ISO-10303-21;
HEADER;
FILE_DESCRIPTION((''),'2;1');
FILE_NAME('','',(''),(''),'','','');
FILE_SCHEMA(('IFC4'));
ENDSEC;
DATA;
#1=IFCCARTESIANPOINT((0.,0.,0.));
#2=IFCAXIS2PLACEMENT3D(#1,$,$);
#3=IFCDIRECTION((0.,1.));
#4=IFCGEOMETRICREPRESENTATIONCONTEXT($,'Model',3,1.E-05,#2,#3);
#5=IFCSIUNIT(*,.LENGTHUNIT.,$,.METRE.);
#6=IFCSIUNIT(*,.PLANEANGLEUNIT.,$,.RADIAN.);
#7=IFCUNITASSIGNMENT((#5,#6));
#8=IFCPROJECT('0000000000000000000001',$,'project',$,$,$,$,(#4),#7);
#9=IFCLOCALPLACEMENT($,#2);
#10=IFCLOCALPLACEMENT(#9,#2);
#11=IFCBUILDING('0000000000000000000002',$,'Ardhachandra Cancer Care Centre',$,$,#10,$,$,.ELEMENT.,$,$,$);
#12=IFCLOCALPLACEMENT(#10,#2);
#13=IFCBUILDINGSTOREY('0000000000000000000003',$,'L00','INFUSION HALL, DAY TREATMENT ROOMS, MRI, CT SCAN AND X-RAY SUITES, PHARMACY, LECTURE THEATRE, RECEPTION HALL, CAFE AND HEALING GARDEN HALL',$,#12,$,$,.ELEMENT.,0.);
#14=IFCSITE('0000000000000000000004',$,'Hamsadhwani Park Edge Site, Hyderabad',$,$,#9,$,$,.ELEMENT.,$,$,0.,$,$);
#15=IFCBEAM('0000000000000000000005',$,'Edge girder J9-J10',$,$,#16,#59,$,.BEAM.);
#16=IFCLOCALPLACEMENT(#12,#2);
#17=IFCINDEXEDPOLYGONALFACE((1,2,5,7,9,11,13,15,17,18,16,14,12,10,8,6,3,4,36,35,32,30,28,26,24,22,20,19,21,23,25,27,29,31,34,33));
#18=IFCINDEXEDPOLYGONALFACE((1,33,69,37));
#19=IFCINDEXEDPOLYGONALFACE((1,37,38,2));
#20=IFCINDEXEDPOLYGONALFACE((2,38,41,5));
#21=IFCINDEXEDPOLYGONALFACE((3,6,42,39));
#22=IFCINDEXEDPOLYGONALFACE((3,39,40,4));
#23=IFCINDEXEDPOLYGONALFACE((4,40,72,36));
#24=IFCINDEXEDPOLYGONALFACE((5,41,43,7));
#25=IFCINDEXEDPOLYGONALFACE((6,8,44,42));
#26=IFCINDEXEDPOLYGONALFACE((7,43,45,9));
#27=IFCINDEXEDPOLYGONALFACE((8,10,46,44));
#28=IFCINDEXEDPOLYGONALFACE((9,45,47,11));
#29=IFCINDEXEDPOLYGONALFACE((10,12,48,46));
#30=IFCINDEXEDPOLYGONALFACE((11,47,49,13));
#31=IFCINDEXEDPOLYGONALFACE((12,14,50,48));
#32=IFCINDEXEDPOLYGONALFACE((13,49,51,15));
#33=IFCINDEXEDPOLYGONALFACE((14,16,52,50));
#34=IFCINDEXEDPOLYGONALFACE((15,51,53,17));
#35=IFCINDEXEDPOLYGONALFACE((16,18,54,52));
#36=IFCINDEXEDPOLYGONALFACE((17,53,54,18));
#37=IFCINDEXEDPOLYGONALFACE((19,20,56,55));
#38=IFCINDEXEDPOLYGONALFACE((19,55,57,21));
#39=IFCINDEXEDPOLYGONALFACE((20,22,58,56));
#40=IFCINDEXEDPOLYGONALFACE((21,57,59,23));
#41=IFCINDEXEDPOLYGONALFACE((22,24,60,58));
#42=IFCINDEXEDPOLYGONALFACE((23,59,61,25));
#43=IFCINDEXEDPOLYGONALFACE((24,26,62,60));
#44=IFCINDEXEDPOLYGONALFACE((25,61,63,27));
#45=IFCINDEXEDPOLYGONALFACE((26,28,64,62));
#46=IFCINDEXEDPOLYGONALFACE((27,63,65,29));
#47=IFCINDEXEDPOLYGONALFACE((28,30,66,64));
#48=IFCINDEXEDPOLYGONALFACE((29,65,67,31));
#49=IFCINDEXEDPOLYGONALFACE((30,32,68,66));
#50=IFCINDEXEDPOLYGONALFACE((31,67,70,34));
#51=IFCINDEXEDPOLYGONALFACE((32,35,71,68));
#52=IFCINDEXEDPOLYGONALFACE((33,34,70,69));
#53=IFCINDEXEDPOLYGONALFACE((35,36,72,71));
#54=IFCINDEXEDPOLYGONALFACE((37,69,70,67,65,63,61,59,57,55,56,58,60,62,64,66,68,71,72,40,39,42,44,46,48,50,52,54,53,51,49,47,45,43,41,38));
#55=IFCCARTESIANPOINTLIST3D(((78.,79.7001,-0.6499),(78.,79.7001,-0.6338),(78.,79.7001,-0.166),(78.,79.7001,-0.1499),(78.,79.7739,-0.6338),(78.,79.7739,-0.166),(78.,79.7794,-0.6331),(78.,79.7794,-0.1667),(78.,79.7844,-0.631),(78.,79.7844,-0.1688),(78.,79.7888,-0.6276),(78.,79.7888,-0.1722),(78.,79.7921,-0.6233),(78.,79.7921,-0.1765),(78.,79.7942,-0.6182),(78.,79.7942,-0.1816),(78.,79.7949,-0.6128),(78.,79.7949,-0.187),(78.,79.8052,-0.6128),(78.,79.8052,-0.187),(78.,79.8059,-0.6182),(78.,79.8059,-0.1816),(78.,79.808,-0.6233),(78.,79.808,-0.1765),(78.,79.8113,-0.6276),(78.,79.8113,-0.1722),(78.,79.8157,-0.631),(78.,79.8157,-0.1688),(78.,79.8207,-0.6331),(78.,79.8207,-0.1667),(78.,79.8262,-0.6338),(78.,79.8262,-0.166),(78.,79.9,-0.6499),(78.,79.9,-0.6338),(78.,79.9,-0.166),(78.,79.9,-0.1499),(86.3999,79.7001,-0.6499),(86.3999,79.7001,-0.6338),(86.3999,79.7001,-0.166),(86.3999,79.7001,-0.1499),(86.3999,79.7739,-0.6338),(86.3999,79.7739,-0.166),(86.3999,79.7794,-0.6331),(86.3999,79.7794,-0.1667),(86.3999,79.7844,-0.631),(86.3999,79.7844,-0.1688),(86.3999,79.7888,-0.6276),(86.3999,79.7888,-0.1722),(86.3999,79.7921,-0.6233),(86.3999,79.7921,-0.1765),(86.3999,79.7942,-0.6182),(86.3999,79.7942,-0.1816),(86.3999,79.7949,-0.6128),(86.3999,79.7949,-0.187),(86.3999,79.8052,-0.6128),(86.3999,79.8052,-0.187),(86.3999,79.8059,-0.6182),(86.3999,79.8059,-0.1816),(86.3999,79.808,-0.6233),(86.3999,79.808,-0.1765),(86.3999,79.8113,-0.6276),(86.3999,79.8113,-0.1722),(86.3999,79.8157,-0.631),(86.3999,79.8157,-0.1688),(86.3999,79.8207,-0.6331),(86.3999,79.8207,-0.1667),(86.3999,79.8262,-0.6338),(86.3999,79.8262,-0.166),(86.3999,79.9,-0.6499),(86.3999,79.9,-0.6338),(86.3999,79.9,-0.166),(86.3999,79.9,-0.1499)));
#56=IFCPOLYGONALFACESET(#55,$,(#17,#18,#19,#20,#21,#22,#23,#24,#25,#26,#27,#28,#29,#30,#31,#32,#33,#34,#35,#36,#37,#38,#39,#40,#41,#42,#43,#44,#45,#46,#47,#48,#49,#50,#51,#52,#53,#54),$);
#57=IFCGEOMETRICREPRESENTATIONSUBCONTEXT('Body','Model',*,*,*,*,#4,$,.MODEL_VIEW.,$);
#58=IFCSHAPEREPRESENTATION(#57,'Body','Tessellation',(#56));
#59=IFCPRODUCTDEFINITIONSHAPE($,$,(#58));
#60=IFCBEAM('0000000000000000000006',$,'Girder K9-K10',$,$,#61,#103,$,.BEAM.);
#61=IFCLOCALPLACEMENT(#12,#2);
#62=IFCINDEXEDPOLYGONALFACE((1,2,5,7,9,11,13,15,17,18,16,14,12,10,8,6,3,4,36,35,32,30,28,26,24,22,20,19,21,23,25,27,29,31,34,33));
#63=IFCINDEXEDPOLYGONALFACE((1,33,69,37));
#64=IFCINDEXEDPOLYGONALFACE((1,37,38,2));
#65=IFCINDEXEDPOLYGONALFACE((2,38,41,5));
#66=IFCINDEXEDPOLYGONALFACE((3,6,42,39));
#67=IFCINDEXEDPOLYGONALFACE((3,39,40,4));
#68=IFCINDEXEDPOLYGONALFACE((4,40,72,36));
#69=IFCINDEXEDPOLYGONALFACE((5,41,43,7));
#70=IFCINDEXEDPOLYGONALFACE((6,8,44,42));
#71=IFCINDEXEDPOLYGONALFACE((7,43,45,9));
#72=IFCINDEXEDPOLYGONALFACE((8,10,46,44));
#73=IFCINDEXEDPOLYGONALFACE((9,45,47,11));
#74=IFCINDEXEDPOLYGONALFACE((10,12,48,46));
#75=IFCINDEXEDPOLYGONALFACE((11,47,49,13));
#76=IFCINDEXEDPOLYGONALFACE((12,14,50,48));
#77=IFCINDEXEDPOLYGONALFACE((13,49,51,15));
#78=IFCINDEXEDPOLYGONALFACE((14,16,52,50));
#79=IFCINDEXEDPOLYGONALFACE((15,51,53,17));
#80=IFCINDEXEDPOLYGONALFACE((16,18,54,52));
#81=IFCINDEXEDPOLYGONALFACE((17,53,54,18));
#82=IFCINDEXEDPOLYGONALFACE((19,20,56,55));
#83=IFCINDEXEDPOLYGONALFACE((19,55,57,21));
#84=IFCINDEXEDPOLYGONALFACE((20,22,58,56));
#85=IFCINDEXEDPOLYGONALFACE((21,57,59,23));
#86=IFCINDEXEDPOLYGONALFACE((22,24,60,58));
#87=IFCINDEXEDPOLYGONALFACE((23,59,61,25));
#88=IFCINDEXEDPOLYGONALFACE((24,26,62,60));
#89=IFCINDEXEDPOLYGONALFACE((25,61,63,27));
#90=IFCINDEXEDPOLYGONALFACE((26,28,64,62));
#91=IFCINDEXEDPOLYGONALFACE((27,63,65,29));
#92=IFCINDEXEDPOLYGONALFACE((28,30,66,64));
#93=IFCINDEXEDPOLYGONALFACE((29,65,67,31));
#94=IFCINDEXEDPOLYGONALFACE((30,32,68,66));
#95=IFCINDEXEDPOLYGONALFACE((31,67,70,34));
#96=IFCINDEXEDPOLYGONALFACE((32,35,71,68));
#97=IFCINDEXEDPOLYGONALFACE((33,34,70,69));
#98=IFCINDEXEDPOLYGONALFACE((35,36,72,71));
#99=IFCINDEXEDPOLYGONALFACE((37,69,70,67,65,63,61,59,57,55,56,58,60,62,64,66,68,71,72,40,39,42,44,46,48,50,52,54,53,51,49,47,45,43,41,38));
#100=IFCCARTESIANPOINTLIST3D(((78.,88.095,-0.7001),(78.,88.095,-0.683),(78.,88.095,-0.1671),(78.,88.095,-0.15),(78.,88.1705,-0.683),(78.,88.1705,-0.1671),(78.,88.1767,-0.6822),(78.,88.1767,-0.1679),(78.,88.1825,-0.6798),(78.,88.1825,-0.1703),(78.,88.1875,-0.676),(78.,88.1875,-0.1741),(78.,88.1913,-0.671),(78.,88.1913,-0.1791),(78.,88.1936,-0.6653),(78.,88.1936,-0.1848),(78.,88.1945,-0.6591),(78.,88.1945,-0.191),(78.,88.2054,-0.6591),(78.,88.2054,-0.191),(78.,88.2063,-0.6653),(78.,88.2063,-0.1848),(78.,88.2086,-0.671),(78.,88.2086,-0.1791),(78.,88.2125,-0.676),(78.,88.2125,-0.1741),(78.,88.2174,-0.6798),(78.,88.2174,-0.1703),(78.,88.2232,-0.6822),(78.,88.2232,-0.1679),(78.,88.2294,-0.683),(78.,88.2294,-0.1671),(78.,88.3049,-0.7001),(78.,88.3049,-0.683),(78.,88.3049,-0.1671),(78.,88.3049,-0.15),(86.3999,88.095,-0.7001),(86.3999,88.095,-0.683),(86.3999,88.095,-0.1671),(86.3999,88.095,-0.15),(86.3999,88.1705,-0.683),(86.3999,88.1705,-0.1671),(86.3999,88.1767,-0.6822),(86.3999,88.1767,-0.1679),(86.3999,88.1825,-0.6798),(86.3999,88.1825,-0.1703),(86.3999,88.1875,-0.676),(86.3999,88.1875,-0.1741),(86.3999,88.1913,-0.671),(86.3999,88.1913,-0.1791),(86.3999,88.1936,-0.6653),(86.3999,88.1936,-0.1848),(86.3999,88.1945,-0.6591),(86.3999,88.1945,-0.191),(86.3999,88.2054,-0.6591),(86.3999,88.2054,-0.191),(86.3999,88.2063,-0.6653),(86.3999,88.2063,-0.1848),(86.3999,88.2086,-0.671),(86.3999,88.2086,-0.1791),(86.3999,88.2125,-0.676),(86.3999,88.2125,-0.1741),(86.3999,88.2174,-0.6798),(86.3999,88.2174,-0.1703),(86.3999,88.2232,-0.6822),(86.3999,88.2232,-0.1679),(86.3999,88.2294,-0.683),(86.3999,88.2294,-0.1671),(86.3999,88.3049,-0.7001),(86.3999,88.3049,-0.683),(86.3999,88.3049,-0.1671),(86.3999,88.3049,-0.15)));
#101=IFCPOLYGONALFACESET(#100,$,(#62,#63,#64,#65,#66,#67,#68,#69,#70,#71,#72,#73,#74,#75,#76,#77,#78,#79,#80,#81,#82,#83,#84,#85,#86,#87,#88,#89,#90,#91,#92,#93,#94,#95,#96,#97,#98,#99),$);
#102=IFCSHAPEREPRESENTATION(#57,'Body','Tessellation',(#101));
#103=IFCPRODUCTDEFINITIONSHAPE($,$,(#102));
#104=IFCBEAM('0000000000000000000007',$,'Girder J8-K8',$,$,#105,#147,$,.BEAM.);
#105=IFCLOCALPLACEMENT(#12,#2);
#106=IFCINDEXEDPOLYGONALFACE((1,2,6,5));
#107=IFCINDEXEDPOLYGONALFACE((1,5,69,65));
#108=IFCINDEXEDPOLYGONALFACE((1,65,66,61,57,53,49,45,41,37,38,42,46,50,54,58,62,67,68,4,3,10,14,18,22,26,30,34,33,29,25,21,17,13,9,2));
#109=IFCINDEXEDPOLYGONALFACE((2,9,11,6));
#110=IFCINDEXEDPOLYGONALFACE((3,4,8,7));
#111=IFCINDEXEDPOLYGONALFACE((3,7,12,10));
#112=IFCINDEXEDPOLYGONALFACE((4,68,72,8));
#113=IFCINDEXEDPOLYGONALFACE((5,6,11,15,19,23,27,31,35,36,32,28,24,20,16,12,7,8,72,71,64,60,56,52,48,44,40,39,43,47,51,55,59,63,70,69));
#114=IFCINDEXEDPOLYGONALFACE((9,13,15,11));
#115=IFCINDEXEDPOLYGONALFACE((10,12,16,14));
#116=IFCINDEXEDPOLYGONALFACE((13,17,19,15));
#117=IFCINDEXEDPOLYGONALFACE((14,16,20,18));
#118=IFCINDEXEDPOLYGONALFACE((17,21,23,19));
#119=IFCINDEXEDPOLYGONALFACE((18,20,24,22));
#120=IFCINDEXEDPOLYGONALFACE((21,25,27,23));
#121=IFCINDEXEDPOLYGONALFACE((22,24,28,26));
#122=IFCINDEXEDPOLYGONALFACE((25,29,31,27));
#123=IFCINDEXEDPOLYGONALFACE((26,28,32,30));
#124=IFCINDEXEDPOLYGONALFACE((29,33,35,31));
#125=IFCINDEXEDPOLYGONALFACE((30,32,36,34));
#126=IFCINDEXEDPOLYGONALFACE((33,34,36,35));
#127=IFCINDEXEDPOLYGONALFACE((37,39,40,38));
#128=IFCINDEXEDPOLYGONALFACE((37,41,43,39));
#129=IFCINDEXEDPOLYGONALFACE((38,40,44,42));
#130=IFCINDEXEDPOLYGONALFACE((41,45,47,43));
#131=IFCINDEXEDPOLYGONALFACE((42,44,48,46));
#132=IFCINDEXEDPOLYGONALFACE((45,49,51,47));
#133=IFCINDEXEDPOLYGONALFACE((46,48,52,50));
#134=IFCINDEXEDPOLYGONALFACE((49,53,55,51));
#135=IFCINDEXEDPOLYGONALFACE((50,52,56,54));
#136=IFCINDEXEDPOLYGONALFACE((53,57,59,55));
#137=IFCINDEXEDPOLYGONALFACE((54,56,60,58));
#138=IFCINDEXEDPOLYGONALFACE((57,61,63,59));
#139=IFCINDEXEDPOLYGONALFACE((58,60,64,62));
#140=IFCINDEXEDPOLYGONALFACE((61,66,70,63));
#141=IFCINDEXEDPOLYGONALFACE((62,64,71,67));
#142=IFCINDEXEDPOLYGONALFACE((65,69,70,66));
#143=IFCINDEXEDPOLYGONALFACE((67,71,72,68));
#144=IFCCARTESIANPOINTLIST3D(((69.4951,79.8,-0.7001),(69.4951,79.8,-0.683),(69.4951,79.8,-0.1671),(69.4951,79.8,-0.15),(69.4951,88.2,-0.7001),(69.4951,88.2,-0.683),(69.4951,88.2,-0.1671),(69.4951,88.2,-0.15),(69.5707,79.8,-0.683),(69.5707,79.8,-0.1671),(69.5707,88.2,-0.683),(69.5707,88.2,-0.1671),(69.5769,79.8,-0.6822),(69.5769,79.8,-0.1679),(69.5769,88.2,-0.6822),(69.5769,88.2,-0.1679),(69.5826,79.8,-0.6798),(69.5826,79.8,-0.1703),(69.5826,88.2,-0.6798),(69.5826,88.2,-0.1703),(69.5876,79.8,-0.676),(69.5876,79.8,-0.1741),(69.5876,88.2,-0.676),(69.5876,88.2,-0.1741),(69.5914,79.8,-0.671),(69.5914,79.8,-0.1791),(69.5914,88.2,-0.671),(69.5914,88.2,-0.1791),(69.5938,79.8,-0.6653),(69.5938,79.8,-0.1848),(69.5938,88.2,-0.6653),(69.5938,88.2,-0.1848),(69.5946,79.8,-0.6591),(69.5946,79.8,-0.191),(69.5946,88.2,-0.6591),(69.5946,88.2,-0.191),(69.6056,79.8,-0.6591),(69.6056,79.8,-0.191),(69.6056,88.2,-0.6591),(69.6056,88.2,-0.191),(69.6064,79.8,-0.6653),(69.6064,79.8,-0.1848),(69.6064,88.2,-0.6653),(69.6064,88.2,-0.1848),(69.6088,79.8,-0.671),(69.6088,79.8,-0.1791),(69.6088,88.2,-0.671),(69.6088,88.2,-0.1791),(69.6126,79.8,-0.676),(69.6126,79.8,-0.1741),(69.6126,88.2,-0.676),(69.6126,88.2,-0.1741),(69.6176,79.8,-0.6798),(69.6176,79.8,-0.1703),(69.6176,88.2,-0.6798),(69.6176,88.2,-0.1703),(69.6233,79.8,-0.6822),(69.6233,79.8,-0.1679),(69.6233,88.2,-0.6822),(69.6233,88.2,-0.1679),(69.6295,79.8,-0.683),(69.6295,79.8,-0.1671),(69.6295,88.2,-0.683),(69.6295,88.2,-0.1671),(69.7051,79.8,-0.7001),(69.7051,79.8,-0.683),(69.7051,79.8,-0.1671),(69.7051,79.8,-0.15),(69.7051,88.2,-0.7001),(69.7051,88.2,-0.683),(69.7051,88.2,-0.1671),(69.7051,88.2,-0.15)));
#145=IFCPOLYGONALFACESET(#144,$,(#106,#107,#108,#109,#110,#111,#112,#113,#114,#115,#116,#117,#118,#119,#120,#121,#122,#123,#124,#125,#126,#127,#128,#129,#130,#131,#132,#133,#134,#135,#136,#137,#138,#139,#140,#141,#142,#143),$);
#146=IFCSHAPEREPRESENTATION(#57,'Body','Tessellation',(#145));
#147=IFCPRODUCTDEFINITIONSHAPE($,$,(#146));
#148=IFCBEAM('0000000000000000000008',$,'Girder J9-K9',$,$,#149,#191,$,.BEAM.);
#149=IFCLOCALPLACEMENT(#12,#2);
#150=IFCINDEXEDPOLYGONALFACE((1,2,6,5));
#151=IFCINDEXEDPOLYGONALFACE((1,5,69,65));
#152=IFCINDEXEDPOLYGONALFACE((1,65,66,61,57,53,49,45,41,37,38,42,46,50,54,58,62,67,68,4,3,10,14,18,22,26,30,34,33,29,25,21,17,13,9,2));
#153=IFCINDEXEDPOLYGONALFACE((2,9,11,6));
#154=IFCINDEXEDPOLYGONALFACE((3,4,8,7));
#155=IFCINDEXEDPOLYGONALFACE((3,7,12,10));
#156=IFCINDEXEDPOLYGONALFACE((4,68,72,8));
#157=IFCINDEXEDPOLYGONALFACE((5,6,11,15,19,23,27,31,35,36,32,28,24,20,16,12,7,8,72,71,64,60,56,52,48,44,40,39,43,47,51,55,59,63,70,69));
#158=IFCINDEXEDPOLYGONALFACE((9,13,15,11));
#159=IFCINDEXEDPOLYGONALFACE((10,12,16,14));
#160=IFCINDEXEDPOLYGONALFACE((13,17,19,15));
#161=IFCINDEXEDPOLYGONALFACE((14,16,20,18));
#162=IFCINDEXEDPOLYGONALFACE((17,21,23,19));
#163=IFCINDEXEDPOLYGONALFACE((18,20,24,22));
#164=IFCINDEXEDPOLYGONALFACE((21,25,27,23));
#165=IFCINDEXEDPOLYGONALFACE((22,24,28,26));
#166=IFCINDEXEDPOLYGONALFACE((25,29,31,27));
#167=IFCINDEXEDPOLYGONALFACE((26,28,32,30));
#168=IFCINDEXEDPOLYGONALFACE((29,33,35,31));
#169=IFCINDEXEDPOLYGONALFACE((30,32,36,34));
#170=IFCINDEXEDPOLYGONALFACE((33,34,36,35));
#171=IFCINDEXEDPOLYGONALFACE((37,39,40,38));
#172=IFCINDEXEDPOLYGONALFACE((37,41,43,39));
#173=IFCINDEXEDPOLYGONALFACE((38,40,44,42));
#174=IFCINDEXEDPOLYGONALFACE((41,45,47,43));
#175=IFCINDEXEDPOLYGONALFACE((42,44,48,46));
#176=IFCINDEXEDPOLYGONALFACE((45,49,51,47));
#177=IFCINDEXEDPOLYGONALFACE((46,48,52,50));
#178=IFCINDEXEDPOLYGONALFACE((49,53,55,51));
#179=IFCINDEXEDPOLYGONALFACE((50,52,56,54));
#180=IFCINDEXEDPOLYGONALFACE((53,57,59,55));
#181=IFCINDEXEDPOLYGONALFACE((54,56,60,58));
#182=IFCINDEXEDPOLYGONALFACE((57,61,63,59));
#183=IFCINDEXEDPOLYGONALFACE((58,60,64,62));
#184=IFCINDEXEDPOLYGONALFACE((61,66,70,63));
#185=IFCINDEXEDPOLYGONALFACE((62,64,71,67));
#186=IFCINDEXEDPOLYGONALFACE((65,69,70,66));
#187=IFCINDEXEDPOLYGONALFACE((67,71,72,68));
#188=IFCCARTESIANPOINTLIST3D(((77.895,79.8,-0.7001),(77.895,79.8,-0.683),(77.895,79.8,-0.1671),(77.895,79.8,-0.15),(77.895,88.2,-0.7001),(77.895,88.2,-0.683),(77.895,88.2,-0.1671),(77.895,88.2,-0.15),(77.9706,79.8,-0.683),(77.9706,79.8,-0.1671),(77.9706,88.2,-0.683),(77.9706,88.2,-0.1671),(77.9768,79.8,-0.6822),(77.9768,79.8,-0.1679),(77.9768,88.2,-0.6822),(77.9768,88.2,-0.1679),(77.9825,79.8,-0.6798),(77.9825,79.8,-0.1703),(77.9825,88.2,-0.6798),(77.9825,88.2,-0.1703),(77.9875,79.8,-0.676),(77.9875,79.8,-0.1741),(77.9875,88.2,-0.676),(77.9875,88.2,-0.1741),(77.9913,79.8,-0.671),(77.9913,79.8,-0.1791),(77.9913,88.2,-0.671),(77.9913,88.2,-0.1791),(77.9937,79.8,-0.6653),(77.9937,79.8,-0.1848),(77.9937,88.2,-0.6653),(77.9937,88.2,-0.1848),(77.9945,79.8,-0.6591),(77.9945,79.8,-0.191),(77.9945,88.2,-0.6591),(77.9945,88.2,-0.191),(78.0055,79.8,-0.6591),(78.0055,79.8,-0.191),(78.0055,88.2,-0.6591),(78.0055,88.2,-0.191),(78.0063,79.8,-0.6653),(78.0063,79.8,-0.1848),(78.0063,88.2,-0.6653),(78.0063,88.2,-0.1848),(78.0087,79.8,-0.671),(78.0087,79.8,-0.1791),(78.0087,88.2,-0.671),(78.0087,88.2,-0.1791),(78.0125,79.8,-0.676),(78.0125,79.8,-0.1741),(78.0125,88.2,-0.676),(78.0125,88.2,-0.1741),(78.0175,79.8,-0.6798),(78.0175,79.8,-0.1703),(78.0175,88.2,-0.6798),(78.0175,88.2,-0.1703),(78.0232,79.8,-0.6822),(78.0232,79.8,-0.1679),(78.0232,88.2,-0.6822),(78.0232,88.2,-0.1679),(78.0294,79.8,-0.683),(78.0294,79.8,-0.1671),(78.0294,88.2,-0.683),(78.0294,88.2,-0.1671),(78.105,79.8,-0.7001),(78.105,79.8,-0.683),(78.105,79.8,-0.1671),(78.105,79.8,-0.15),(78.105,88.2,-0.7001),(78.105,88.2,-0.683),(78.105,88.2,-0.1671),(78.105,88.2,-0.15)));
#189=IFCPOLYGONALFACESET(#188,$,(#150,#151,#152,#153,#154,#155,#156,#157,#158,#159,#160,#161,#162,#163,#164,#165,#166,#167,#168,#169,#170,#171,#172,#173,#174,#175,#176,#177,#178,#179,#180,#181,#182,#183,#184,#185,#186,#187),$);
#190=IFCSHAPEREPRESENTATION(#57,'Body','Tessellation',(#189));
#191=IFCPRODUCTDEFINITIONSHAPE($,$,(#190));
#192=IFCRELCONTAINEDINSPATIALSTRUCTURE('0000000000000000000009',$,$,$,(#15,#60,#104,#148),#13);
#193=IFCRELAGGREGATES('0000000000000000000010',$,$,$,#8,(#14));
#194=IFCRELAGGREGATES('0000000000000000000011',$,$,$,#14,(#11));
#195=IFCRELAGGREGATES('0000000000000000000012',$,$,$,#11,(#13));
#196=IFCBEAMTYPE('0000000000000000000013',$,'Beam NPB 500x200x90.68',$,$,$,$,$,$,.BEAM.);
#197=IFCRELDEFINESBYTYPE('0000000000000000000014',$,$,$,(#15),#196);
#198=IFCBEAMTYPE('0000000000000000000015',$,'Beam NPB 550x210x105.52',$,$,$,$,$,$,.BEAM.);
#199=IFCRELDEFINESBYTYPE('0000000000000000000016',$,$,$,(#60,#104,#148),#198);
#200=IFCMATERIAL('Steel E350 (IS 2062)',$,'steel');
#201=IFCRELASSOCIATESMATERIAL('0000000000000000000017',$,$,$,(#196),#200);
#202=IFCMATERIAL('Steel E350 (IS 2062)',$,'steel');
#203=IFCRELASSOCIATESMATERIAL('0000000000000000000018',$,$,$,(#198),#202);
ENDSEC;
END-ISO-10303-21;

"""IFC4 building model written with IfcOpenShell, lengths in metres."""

from ifc_helpers import new_model, si_unit, direction, frame, origin, origin_2d, place, context, subcontext, project, spatial, i_section, extrude, material, material_profile, profile_set, type_object, element, save


model = new_model("IFC4")

# Units and contexts
model_context = context("Model", 3, precision=1e-05, world=origin(), true_north=direction((0.0, 1.0)))
body_context = subcontext(model_context, "Body", "Model", "MODEL_VIEW")
ifc_project = project(units=[si_unit("LENGTHUNIT", "METRE"), si_unit("PLANEANGLEUNIT", "RADIAN")], contexts=[model_context])

# Site, building, storey
site_placement = place(None, origin())
site = spatial("IfcSite", under=ifc_project, at=site_placement, Name="Hamsadhwani Park Edge Site, Hyderabad", CompositionType="ELEMENT", RefElevation=0.0)
building_placement = place(site_placement, origin())
building = spatial("IfcBuilding", under=site, at=building_placement, Name="Ardhachandra Cancer Care Centre", CompositionType="ELEMENT")
storey_placement = place(building_placement, origin())
storey = spatial("IfcBuildingStorey", under=building, at=storey_placement, Name="L00", Description="INFUSION HALL, DAY TREATMENT ROOMS, MRI, CT SCAN AND X-RAY SUITES, PHARMACY, LECTURE THEATRE, RECEPTION HALL, CAFE AND HEALING GARDEN HALL", CompositionType="ELEMENT", Elevation=0.0)

# Beams
ifc_material_1 = material(Name="Steel E350 (IS 2062)", Category="steel")
ifc_material_profile_1 = material_profile(ifc_material_1, i_section(OverallWidth=0.2, OverallDepth=0.5, WebThickness=0.0103, FlangeThickness=0.0161, FilletRadius=0.021, at=origin_2d()), Name="NPB 500x200x90.68")
ifc_profile_set_1 = profile_set([ifc_material_profile_1], Name="Steel E350 (IS 2062)")
beam_type_1 = type_object("IfcBeamType", Name="Beam NPB 500x200x90.68", PredefinedType="BEAM", material=ifc_profile_set_1)
for number, where, z_axis, x_axis, name in (
    (1, (78.0, 79.8, -0.3999), (1.0, 0.0, 0.0), (0.0, 1.0, 0.0), "Edge girder J9-J10"),
):
    element("IfcBeam", number, at=place(storey_placement, frame(where, z_axis=z_axis, x_axis=x_axis)), inside=storey, type_object=beam_type_1, Name=name, PredefinedType="BEAM", context=body_context, shape_type="SweptSolid", body=[
        extrude(i_section(OverallWidth=0.2, OverallDepth=0.5, WebThickness=0.0103, FlangeThickness=0.0161, FilletRadius=0.021, at=origin_2d()), origin(), (0.0, 0.0, 1.0), 8.3999),
    ])
ifc_material_2 = material(Name="Steel E350 (IS 2062)", Category="steel")
ifc_material_profile_2 = material_profile(ifc_material_2, i_section(OverallWidth=0.21, OverallDepth=0.55, WebThickness=0.011, FlangeThickness=0.0171, FilletRadius=0.0239, at=origin_2d()), Name="NPB 550x210x105.52")
ifc_profile_set_2 = profile_set([ifc_material_profile_2], Name="Steel E350 (IS 2062)")
beam_type_2 = type_object("IfcBeamType", Name="Beam NPB 550x210x105.52", PredefinedType="BEAM", material=ifc_profile_set_2)
for number, where, z_axis, x_axis, name in (
    (2, (78.0, 88.2, -0.425), (1.0, 0.0, 0.0), (0.0, 1.0, 0.0), "Girder K9-K10"),
    (3, (69.6001, 79.8, -0.425), (0.0, 1.0, 0.0), (-1.0, 0.0, 0.0), "Girder J8-K8"),
    (4, (78.0, 79.8, -0.425), (0.0, 1.0, 0.0), (-1.0, 0.0, 0.0), "Girder J9-K9"),
):
    element("IfcBeam", number, at=place(storey_placement, frame(where, z_axis=z_axis, x_axis=x_axis)), inside=storey, type_object=beam_type_2, Name=name, PredefinedType="BEAM", context=body_context, shape_type="SweptSolid", body=[
        extrude(i_section(OverallWidth=0.21, OverallDepth=0.55, WebThickness=0.011, FlangeThickness=0.0171, FilletRadius=0.0239, at=origin_2d()), origin(), (0.0, 0.0, 1.0), 8.3999),
    ])

save(model, "model.ifc")
